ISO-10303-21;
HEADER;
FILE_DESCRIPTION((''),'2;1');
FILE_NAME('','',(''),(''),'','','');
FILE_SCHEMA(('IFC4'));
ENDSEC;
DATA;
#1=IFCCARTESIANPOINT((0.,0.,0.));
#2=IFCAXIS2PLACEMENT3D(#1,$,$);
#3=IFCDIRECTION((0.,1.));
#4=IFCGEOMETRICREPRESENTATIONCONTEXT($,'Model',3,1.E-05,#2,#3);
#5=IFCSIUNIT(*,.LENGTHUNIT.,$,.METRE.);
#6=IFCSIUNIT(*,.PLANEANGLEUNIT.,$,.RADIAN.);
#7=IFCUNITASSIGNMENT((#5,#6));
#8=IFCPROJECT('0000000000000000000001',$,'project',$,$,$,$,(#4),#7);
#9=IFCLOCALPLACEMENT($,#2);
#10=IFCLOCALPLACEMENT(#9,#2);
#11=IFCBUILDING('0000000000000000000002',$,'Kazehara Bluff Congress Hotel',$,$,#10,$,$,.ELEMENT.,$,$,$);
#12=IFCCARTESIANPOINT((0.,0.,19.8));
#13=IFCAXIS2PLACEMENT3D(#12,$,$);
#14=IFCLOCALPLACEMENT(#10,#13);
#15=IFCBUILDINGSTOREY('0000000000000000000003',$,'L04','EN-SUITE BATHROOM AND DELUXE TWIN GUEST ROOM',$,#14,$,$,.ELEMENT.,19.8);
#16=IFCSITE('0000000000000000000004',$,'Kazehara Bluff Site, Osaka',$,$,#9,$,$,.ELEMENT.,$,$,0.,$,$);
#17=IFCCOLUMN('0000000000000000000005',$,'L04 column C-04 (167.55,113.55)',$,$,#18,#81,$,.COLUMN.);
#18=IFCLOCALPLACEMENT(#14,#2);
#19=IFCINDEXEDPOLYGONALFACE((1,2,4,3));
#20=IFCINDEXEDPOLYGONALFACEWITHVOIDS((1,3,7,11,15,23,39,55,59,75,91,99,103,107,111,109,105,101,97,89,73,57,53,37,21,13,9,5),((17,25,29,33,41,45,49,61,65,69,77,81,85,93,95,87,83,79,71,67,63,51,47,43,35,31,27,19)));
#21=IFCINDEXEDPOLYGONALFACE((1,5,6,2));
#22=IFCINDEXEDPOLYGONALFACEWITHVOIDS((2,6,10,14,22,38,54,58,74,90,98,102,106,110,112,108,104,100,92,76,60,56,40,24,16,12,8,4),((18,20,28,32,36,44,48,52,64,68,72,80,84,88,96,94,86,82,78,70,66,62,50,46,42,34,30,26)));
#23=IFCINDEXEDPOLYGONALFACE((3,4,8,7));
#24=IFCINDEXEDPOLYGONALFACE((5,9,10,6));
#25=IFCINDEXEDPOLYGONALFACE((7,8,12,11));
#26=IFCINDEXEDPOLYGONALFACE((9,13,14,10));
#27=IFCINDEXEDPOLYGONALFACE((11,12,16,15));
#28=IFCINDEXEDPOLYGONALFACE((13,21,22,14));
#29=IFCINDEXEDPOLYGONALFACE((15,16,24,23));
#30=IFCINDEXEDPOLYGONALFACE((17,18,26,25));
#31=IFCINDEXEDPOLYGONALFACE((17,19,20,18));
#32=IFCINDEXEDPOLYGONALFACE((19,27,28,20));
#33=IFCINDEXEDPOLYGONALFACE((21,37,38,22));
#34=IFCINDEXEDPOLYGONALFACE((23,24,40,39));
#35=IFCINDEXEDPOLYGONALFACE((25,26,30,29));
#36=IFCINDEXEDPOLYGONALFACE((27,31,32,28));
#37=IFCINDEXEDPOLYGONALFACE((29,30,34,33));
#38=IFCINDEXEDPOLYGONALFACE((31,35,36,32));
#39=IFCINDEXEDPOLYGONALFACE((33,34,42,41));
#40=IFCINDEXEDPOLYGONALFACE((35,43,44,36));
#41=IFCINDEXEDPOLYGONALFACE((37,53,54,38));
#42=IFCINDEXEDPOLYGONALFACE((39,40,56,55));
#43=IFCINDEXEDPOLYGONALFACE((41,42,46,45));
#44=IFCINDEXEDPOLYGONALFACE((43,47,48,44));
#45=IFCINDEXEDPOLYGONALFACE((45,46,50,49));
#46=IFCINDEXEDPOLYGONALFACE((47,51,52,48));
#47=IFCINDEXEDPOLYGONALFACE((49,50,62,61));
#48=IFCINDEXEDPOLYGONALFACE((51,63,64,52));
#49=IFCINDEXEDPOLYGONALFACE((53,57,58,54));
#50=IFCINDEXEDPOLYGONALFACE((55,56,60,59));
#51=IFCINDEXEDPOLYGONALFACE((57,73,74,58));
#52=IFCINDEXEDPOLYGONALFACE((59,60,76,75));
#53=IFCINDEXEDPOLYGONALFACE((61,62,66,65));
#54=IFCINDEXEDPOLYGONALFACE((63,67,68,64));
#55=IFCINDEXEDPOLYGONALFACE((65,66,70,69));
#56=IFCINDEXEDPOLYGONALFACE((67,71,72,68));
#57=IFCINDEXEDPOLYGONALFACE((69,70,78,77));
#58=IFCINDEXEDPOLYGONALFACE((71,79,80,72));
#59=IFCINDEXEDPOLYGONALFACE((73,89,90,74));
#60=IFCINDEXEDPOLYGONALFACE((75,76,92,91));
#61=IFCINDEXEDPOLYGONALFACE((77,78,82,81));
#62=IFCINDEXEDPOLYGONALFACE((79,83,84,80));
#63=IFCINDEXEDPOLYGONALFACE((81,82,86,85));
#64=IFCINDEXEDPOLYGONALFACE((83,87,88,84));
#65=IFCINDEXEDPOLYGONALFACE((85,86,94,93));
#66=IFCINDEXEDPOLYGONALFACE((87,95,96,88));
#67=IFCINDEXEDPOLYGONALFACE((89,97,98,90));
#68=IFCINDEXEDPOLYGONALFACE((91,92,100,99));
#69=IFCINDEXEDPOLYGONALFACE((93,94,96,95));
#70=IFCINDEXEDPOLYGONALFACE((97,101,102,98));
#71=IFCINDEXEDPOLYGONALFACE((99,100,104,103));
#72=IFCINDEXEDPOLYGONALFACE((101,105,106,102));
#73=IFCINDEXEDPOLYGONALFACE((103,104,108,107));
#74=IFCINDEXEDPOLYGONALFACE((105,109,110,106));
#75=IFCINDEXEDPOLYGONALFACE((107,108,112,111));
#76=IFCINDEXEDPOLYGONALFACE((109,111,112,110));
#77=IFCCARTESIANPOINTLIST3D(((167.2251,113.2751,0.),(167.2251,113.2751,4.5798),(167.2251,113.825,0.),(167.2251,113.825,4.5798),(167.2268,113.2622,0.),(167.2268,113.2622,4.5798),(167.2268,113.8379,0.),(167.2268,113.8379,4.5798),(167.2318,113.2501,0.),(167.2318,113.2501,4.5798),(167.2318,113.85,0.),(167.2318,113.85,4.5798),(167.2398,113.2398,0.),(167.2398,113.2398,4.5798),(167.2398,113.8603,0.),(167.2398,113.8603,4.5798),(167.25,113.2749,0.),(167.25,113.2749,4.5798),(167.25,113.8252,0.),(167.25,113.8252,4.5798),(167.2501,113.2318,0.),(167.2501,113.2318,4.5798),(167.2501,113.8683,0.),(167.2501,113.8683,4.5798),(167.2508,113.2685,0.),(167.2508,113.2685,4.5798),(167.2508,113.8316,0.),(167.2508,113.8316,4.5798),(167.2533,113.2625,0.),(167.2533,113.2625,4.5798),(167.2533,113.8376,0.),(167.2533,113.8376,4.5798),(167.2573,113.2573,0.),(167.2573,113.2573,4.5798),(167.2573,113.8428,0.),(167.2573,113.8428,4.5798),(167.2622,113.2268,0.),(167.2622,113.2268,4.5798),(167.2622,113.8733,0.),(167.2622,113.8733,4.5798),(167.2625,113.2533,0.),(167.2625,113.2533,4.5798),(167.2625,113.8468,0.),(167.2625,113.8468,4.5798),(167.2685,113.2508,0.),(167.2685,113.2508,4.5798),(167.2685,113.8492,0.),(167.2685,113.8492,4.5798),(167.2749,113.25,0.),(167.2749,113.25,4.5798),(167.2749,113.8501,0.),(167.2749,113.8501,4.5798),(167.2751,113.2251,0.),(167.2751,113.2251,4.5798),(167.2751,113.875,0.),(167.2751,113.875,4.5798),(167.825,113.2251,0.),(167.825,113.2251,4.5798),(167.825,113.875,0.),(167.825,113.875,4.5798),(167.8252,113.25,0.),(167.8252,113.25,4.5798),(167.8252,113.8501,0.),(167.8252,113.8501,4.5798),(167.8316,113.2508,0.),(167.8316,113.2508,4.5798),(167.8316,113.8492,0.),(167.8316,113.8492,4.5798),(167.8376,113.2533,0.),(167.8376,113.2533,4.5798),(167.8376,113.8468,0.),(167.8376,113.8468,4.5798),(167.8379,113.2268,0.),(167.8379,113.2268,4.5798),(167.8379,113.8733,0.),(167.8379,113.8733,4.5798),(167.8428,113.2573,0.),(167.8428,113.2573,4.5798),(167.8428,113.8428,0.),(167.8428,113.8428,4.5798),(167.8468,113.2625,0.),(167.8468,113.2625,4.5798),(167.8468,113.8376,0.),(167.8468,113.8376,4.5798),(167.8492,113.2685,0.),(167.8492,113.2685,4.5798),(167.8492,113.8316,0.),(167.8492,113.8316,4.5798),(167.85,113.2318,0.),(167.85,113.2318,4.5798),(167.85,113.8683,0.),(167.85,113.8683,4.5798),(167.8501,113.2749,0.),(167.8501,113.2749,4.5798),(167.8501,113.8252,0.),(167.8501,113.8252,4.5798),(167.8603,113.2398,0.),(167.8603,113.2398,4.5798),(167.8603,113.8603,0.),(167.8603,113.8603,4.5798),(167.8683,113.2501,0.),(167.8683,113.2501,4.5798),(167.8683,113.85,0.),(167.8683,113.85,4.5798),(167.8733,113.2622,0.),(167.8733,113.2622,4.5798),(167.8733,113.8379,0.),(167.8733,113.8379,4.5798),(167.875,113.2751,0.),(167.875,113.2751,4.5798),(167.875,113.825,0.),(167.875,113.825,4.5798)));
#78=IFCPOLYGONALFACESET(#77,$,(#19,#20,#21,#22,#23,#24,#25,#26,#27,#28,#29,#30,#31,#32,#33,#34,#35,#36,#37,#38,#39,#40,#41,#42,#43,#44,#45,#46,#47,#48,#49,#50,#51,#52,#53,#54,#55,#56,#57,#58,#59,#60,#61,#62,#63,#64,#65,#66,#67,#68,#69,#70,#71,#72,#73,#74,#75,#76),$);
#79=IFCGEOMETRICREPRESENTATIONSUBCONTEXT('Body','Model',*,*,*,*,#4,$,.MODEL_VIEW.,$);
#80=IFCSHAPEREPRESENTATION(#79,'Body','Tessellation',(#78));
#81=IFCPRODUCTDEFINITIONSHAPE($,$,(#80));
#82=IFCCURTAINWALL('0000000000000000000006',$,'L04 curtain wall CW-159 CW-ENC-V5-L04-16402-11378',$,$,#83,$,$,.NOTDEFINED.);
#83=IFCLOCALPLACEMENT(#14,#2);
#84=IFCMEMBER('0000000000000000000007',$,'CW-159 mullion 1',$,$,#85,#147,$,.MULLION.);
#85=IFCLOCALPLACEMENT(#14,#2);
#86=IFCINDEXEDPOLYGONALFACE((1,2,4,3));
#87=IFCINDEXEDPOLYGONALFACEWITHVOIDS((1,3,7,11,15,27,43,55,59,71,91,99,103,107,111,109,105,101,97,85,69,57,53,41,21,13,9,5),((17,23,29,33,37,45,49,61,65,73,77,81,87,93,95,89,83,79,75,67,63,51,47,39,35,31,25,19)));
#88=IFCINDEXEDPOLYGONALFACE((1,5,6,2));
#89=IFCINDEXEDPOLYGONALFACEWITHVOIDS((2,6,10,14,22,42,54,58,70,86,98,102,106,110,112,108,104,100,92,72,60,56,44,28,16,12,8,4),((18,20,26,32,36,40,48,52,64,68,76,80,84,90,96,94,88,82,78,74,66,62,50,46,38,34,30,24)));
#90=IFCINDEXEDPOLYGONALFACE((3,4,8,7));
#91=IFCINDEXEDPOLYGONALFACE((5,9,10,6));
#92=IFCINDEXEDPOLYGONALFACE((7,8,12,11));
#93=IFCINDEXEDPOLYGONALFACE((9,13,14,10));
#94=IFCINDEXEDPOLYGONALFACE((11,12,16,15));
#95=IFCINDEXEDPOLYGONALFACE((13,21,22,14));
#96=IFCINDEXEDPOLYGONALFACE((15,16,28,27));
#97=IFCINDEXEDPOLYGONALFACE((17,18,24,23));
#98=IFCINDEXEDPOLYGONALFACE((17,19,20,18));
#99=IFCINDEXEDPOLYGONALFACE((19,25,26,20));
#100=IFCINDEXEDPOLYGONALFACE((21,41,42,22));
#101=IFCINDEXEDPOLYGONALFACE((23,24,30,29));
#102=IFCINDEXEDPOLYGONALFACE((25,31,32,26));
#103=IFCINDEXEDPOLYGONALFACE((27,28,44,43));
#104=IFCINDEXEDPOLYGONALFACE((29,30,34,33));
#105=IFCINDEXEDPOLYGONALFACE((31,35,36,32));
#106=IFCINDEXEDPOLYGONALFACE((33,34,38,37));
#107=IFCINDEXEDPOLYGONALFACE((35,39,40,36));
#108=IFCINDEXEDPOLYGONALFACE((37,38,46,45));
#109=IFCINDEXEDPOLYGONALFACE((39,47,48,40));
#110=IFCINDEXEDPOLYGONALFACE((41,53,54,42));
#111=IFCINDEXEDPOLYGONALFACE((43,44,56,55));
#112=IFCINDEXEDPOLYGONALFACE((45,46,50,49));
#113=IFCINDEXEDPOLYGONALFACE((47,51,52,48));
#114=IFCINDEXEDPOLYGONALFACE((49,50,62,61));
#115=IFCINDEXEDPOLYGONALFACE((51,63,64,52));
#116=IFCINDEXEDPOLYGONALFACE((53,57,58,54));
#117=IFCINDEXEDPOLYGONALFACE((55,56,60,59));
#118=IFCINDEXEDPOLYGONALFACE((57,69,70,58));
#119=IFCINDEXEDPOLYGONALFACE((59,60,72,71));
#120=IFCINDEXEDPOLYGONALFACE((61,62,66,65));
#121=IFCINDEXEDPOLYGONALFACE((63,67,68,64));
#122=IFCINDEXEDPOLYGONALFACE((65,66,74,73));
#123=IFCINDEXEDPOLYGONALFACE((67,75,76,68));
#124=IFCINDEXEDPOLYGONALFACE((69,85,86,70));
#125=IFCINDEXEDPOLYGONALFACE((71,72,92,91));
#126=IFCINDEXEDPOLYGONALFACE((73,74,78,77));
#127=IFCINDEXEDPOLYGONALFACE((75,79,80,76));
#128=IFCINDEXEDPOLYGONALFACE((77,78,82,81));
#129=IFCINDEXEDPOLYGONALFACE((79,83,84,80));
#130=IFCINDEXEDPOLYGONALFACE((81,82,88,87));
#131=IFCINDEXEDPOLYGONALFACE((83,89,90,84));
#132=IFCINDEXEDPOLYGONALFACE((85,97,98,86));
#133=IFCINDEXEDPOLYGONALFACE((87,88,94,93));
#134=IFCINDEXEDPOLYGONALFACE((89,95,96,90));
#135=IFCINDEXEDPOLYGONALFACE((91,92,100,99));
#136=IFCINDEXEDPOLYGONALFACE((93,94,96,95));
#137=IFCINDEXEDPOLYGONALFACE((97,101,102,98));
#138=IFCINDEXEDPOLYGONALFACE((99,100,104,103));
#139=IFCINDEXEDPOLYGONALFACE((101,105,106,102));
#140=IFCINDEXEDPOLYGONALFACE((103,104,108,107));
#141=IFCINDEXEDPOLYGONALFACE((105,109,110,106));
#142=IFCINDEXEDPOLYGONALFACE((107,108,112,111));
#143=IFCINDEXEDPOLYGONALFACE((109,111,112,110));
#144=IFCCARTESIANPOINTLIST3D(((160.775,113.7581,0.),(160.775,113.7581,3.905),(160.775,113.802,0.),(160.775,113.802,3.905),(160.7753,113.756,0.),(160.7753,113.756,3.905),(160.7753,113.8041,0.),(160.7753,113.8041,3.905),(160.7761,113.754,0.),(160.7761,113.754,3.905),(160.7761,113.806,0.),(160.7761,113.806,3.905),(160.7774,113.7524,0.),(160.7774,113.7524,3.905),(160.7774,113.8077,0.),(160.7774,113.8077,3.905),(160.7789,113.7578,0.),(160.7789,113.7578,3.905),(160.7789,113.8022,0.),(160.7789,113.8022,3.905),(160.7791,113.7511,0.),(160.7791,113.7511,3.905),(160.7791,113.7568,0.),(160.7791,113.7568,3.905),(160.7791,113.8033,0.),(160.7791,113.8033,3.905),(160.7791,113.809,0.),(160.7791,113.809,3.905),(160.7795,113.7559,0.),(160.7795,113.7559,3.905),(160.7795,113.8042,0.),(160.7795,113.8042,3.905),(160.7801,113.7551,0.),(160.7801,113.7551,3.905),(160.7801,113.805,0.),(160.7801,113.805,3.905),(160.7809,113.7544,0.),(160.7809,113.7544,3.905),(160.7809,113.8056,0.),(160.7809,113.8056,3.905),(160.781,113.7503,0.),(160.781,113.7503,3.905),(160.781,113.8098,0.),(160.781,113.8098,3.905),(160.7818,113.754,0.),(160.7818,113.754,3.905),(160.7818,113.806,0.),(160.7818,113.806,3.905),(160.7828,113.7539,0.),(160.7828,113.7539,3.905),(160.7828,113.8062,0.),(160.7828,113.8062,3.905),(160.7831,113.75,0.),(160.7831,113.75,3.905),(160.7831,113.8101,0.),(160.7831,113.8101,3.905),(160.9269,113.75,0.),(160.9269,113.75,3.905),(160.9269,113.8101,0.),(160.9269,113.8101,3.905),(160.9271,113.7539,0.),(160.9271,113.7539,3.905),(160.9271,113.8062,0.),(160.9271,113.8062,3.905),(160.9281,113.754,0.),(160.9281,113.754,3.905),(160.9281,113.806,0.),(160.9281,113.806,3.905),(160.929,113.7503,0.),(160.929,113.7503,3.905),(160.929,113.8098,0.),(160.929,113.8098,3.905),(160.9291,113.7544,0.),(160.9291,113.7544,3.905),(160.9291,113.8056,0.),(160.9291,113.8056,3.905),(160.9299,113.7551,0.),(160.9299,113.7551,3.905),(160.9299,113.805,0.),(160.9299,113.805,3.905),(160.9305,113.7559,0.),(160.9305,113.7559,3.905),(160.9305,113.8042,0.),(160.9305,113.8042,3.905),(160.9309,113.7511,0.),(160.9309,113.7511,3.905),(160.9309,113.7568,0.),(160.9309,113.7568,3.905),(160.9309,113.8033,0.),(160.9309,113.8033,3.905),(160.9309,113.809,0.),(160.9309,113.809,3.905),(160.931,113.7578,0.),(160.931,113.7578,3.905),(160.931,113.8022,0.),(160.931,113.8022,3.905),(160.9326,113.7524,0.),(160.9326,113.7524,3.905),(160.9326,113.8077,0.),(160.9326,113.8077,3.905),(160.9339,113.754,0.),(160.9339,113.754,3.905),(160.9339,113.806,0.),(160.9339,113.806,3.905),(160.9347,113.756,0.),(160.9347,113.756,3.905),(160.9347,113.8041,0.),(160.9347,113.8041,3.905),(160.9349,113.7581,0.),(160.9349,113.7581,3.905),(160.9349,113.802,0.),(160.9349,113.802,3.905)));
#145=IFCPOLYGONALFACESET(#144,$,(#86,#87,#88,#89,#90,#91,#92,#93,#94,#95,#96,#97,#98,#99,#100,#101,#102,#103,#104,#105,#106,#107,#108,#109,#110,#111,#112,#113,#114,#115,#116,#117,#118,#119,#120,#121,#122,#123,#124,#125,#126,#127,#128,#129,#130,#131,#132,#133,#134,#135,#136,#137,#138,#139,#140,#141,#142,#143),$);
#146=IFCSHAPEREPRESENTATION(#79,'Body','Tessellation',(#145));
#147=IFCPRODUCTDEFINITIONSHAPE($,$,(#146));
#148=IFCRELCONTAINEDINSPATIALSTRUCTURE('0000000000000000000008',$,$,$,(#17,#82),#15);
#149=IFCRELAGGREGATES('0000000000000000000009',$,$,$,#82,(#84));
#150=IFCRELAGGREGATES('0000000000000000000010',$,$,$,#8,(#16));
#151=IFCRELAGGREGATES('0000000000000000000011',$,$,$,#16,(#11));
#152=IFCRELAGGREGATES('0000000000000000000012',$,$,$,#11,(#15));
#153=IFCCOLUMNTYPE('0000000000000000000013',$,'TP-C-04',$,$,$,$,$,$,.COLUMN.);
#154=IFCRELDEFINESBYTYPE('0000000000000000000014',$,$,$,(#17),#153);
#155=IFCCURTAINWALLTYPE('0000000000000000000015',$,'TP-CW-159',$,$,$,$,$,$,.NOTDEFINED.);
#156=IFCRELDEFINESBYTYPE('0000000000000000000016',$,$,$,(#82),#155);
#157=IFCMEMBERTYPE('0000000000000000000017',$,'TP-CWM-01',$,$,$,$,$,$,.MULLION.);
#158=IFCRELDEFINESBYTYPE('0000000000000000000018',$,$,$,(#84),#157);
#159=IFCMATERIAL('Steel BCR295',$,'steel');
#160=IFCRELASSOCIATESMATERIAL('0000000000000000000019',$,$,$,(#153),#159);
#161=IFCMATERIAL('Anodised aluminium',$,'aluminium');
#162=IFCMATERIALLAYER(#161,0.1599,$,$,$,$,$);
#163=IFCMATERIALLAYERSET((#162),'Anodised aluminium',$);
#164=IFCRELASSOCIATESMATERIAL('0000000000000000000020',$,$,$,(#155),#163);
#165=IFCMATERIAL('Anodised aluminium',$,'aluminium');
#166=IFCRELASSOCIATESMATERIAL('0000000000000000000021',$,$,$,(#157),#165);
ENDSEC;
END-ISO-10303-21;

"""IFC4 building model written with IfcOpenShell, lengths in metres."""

from ifc_helpers import new_model, si_unit, direction, frame, origin, origin_2d, place, context, subcontext, project, spatial, hollow_rectangle, extrude, material, layer, layer_set, material_profile, profile_set, type_object, element, aggregate, save


model = new_model("IFC4")

# Units and contexts
model_context = context("Model", 3, precision=1e-05, world=origin(), true_north=direction((0.0, 1.0)))
body_context = subcontext(model_context, "Body", "Model", "MODEL_VIEW")
ifc_project = project(units=[si_unit("LENGTHUNIT", "METRE"), si_unit("PLANEANGLEUNIT", "RADIAN")], contexts=[model_context])

# Site, building, storey
site_placement = place(None, origin())
site = spatial("IfcSite", under=ifc_project, at=site_placement, Name="Kazehara Bluff Site, Osaka", CompositionType="ELEMENT", RefElevation=0.0)
building_placement = place(site_placement, origin())
building = spatial("IfcBuilding", under=site, at=building_placement, Name="Kazehara Bluff Congress Hotel", CompositionType="ELEMENT")
storey_placement = place(building_placement, frame((0.0, 0.0, 19.8)))
storey = spatial("IfcBuildingStorey", under=building, at=storey_placement, Name="L04", Description="EN-SUITE BATHROOM AND DELUXE TWIN GUEST ROOM", CompositionType="ELEMENT", Elevation=19.8)

# Column
ifc_material_1 = material(Name="Steel BCR295", Category="steel")
ifc_material_profile_1 = material_profile(ifc_material_1, hollow_rectangle(XDim=0.6499, YDim=0.6499, WallThickness=0.0249, InnerFilletRadius=0.0249, OuterFilletRadius=0.05, at=origin_2d()))
ifc_profile_set_1 = profile_set([ifc_material_profile_1], Name="Steel BCR295")
column_type = type_object("IfcColumnType", Name="TP-C-04", PredefinedType="COLUMN", material=ifc_profile_set_1)
column_placement = place(storey_placement, frame((167.55, 113.55, 0.0), z_axis=(0.0, 0.0, 1.0), x_axis=(1.0, 0.0, 0.0)))
element("IfcColumn", 1, at=column_placement, inside=storey, type_object=column_type, Name="L04 column C-04 (167.55,113.55)", PredefinedType="COLUMN", context=body_context, shape_type="SweptSolid", body=[
    extrude(hollow_rectangle(XDim=0.6499, YDim=0.6499, WallThickness=0.0249, InnerFilletRadius=0.0249, OuterFilletRadius=0.05, at=origin_2d()), origin(), (0.0, 0.0, 1.0), 4.5798),
])

# Curtain wall, member
ifc_material_2 = material(Name="Anodised aluminium", Category="aluminium")
ifc_layer_1 = layer(ifc_material_2, 0.1599)
ifc_layer_set_1 = layer_set([ifc_layer_1], Name="Anodised aluminium")
curtain_wall_type_1 = type_object("IfcCurtainWallType", Name="TP-CW-159", PredefinedType="NOTDEFINED", material=ifc_layer_set_1)
curtain_wall_1_placement = place(storey_placement, origin())
curtain_wall_1 = element("IfcCurtainWall", 2, at=curtain_wall_1_placement, inside=storey, type_object=curtain_wall_type_1, Name="L04 curtain wall CW-159 CW-ENC-V5-L04-16402-11378", PredefinedType="NOTDEFINED")
ifc_material_3 = material(Name="Anodised aluminium", Category="aluminium")
ifc_material_profile_2 = material_profile(ifc_material_3, hollow_rectangle(XDim=0.0601, YDim=0.1599, WallThickness=0.0039, InnerFilletRadius=0.0039, OuterFilletRadius=0.0081, at=origin_2d()))
ifc_profile_set_2 = profile_set([ifc_material_profile_2], Name="Anodised aluminium")
member_type_1 = type_object("IfcMemberType", Name="TP-CWM-01", PredefinedType="MULLION", material=ifc_profile_set_2)
member_1_placement = place(storey_placement, frame((160.855, 113.78, 0.0), z_axis=(0.0, 0.0, 1.0), x_axis=(0.0, 1.0, 0.0)))
member_1 = element("IfcMember", 3, at=member_1_placement, type_object=member_type_1, Name="CW-159 mullion 1", PredefinedType="MULLION", context=body_context, shape_type="SweptSolid", body=[
    extrude(hollow_rectangle(XDim=0.0601, YDim=0.1599, WallThickness=0.0039, InnerFilletRadius=0.0039, OuterFilletRadius=0.0081, at=origin_2d()), origin(), (0.0, 0.0, 1.0), 3.905),
])

aggregate(curtain_wall_1, [member_1])

save(model, "model.ifc")
